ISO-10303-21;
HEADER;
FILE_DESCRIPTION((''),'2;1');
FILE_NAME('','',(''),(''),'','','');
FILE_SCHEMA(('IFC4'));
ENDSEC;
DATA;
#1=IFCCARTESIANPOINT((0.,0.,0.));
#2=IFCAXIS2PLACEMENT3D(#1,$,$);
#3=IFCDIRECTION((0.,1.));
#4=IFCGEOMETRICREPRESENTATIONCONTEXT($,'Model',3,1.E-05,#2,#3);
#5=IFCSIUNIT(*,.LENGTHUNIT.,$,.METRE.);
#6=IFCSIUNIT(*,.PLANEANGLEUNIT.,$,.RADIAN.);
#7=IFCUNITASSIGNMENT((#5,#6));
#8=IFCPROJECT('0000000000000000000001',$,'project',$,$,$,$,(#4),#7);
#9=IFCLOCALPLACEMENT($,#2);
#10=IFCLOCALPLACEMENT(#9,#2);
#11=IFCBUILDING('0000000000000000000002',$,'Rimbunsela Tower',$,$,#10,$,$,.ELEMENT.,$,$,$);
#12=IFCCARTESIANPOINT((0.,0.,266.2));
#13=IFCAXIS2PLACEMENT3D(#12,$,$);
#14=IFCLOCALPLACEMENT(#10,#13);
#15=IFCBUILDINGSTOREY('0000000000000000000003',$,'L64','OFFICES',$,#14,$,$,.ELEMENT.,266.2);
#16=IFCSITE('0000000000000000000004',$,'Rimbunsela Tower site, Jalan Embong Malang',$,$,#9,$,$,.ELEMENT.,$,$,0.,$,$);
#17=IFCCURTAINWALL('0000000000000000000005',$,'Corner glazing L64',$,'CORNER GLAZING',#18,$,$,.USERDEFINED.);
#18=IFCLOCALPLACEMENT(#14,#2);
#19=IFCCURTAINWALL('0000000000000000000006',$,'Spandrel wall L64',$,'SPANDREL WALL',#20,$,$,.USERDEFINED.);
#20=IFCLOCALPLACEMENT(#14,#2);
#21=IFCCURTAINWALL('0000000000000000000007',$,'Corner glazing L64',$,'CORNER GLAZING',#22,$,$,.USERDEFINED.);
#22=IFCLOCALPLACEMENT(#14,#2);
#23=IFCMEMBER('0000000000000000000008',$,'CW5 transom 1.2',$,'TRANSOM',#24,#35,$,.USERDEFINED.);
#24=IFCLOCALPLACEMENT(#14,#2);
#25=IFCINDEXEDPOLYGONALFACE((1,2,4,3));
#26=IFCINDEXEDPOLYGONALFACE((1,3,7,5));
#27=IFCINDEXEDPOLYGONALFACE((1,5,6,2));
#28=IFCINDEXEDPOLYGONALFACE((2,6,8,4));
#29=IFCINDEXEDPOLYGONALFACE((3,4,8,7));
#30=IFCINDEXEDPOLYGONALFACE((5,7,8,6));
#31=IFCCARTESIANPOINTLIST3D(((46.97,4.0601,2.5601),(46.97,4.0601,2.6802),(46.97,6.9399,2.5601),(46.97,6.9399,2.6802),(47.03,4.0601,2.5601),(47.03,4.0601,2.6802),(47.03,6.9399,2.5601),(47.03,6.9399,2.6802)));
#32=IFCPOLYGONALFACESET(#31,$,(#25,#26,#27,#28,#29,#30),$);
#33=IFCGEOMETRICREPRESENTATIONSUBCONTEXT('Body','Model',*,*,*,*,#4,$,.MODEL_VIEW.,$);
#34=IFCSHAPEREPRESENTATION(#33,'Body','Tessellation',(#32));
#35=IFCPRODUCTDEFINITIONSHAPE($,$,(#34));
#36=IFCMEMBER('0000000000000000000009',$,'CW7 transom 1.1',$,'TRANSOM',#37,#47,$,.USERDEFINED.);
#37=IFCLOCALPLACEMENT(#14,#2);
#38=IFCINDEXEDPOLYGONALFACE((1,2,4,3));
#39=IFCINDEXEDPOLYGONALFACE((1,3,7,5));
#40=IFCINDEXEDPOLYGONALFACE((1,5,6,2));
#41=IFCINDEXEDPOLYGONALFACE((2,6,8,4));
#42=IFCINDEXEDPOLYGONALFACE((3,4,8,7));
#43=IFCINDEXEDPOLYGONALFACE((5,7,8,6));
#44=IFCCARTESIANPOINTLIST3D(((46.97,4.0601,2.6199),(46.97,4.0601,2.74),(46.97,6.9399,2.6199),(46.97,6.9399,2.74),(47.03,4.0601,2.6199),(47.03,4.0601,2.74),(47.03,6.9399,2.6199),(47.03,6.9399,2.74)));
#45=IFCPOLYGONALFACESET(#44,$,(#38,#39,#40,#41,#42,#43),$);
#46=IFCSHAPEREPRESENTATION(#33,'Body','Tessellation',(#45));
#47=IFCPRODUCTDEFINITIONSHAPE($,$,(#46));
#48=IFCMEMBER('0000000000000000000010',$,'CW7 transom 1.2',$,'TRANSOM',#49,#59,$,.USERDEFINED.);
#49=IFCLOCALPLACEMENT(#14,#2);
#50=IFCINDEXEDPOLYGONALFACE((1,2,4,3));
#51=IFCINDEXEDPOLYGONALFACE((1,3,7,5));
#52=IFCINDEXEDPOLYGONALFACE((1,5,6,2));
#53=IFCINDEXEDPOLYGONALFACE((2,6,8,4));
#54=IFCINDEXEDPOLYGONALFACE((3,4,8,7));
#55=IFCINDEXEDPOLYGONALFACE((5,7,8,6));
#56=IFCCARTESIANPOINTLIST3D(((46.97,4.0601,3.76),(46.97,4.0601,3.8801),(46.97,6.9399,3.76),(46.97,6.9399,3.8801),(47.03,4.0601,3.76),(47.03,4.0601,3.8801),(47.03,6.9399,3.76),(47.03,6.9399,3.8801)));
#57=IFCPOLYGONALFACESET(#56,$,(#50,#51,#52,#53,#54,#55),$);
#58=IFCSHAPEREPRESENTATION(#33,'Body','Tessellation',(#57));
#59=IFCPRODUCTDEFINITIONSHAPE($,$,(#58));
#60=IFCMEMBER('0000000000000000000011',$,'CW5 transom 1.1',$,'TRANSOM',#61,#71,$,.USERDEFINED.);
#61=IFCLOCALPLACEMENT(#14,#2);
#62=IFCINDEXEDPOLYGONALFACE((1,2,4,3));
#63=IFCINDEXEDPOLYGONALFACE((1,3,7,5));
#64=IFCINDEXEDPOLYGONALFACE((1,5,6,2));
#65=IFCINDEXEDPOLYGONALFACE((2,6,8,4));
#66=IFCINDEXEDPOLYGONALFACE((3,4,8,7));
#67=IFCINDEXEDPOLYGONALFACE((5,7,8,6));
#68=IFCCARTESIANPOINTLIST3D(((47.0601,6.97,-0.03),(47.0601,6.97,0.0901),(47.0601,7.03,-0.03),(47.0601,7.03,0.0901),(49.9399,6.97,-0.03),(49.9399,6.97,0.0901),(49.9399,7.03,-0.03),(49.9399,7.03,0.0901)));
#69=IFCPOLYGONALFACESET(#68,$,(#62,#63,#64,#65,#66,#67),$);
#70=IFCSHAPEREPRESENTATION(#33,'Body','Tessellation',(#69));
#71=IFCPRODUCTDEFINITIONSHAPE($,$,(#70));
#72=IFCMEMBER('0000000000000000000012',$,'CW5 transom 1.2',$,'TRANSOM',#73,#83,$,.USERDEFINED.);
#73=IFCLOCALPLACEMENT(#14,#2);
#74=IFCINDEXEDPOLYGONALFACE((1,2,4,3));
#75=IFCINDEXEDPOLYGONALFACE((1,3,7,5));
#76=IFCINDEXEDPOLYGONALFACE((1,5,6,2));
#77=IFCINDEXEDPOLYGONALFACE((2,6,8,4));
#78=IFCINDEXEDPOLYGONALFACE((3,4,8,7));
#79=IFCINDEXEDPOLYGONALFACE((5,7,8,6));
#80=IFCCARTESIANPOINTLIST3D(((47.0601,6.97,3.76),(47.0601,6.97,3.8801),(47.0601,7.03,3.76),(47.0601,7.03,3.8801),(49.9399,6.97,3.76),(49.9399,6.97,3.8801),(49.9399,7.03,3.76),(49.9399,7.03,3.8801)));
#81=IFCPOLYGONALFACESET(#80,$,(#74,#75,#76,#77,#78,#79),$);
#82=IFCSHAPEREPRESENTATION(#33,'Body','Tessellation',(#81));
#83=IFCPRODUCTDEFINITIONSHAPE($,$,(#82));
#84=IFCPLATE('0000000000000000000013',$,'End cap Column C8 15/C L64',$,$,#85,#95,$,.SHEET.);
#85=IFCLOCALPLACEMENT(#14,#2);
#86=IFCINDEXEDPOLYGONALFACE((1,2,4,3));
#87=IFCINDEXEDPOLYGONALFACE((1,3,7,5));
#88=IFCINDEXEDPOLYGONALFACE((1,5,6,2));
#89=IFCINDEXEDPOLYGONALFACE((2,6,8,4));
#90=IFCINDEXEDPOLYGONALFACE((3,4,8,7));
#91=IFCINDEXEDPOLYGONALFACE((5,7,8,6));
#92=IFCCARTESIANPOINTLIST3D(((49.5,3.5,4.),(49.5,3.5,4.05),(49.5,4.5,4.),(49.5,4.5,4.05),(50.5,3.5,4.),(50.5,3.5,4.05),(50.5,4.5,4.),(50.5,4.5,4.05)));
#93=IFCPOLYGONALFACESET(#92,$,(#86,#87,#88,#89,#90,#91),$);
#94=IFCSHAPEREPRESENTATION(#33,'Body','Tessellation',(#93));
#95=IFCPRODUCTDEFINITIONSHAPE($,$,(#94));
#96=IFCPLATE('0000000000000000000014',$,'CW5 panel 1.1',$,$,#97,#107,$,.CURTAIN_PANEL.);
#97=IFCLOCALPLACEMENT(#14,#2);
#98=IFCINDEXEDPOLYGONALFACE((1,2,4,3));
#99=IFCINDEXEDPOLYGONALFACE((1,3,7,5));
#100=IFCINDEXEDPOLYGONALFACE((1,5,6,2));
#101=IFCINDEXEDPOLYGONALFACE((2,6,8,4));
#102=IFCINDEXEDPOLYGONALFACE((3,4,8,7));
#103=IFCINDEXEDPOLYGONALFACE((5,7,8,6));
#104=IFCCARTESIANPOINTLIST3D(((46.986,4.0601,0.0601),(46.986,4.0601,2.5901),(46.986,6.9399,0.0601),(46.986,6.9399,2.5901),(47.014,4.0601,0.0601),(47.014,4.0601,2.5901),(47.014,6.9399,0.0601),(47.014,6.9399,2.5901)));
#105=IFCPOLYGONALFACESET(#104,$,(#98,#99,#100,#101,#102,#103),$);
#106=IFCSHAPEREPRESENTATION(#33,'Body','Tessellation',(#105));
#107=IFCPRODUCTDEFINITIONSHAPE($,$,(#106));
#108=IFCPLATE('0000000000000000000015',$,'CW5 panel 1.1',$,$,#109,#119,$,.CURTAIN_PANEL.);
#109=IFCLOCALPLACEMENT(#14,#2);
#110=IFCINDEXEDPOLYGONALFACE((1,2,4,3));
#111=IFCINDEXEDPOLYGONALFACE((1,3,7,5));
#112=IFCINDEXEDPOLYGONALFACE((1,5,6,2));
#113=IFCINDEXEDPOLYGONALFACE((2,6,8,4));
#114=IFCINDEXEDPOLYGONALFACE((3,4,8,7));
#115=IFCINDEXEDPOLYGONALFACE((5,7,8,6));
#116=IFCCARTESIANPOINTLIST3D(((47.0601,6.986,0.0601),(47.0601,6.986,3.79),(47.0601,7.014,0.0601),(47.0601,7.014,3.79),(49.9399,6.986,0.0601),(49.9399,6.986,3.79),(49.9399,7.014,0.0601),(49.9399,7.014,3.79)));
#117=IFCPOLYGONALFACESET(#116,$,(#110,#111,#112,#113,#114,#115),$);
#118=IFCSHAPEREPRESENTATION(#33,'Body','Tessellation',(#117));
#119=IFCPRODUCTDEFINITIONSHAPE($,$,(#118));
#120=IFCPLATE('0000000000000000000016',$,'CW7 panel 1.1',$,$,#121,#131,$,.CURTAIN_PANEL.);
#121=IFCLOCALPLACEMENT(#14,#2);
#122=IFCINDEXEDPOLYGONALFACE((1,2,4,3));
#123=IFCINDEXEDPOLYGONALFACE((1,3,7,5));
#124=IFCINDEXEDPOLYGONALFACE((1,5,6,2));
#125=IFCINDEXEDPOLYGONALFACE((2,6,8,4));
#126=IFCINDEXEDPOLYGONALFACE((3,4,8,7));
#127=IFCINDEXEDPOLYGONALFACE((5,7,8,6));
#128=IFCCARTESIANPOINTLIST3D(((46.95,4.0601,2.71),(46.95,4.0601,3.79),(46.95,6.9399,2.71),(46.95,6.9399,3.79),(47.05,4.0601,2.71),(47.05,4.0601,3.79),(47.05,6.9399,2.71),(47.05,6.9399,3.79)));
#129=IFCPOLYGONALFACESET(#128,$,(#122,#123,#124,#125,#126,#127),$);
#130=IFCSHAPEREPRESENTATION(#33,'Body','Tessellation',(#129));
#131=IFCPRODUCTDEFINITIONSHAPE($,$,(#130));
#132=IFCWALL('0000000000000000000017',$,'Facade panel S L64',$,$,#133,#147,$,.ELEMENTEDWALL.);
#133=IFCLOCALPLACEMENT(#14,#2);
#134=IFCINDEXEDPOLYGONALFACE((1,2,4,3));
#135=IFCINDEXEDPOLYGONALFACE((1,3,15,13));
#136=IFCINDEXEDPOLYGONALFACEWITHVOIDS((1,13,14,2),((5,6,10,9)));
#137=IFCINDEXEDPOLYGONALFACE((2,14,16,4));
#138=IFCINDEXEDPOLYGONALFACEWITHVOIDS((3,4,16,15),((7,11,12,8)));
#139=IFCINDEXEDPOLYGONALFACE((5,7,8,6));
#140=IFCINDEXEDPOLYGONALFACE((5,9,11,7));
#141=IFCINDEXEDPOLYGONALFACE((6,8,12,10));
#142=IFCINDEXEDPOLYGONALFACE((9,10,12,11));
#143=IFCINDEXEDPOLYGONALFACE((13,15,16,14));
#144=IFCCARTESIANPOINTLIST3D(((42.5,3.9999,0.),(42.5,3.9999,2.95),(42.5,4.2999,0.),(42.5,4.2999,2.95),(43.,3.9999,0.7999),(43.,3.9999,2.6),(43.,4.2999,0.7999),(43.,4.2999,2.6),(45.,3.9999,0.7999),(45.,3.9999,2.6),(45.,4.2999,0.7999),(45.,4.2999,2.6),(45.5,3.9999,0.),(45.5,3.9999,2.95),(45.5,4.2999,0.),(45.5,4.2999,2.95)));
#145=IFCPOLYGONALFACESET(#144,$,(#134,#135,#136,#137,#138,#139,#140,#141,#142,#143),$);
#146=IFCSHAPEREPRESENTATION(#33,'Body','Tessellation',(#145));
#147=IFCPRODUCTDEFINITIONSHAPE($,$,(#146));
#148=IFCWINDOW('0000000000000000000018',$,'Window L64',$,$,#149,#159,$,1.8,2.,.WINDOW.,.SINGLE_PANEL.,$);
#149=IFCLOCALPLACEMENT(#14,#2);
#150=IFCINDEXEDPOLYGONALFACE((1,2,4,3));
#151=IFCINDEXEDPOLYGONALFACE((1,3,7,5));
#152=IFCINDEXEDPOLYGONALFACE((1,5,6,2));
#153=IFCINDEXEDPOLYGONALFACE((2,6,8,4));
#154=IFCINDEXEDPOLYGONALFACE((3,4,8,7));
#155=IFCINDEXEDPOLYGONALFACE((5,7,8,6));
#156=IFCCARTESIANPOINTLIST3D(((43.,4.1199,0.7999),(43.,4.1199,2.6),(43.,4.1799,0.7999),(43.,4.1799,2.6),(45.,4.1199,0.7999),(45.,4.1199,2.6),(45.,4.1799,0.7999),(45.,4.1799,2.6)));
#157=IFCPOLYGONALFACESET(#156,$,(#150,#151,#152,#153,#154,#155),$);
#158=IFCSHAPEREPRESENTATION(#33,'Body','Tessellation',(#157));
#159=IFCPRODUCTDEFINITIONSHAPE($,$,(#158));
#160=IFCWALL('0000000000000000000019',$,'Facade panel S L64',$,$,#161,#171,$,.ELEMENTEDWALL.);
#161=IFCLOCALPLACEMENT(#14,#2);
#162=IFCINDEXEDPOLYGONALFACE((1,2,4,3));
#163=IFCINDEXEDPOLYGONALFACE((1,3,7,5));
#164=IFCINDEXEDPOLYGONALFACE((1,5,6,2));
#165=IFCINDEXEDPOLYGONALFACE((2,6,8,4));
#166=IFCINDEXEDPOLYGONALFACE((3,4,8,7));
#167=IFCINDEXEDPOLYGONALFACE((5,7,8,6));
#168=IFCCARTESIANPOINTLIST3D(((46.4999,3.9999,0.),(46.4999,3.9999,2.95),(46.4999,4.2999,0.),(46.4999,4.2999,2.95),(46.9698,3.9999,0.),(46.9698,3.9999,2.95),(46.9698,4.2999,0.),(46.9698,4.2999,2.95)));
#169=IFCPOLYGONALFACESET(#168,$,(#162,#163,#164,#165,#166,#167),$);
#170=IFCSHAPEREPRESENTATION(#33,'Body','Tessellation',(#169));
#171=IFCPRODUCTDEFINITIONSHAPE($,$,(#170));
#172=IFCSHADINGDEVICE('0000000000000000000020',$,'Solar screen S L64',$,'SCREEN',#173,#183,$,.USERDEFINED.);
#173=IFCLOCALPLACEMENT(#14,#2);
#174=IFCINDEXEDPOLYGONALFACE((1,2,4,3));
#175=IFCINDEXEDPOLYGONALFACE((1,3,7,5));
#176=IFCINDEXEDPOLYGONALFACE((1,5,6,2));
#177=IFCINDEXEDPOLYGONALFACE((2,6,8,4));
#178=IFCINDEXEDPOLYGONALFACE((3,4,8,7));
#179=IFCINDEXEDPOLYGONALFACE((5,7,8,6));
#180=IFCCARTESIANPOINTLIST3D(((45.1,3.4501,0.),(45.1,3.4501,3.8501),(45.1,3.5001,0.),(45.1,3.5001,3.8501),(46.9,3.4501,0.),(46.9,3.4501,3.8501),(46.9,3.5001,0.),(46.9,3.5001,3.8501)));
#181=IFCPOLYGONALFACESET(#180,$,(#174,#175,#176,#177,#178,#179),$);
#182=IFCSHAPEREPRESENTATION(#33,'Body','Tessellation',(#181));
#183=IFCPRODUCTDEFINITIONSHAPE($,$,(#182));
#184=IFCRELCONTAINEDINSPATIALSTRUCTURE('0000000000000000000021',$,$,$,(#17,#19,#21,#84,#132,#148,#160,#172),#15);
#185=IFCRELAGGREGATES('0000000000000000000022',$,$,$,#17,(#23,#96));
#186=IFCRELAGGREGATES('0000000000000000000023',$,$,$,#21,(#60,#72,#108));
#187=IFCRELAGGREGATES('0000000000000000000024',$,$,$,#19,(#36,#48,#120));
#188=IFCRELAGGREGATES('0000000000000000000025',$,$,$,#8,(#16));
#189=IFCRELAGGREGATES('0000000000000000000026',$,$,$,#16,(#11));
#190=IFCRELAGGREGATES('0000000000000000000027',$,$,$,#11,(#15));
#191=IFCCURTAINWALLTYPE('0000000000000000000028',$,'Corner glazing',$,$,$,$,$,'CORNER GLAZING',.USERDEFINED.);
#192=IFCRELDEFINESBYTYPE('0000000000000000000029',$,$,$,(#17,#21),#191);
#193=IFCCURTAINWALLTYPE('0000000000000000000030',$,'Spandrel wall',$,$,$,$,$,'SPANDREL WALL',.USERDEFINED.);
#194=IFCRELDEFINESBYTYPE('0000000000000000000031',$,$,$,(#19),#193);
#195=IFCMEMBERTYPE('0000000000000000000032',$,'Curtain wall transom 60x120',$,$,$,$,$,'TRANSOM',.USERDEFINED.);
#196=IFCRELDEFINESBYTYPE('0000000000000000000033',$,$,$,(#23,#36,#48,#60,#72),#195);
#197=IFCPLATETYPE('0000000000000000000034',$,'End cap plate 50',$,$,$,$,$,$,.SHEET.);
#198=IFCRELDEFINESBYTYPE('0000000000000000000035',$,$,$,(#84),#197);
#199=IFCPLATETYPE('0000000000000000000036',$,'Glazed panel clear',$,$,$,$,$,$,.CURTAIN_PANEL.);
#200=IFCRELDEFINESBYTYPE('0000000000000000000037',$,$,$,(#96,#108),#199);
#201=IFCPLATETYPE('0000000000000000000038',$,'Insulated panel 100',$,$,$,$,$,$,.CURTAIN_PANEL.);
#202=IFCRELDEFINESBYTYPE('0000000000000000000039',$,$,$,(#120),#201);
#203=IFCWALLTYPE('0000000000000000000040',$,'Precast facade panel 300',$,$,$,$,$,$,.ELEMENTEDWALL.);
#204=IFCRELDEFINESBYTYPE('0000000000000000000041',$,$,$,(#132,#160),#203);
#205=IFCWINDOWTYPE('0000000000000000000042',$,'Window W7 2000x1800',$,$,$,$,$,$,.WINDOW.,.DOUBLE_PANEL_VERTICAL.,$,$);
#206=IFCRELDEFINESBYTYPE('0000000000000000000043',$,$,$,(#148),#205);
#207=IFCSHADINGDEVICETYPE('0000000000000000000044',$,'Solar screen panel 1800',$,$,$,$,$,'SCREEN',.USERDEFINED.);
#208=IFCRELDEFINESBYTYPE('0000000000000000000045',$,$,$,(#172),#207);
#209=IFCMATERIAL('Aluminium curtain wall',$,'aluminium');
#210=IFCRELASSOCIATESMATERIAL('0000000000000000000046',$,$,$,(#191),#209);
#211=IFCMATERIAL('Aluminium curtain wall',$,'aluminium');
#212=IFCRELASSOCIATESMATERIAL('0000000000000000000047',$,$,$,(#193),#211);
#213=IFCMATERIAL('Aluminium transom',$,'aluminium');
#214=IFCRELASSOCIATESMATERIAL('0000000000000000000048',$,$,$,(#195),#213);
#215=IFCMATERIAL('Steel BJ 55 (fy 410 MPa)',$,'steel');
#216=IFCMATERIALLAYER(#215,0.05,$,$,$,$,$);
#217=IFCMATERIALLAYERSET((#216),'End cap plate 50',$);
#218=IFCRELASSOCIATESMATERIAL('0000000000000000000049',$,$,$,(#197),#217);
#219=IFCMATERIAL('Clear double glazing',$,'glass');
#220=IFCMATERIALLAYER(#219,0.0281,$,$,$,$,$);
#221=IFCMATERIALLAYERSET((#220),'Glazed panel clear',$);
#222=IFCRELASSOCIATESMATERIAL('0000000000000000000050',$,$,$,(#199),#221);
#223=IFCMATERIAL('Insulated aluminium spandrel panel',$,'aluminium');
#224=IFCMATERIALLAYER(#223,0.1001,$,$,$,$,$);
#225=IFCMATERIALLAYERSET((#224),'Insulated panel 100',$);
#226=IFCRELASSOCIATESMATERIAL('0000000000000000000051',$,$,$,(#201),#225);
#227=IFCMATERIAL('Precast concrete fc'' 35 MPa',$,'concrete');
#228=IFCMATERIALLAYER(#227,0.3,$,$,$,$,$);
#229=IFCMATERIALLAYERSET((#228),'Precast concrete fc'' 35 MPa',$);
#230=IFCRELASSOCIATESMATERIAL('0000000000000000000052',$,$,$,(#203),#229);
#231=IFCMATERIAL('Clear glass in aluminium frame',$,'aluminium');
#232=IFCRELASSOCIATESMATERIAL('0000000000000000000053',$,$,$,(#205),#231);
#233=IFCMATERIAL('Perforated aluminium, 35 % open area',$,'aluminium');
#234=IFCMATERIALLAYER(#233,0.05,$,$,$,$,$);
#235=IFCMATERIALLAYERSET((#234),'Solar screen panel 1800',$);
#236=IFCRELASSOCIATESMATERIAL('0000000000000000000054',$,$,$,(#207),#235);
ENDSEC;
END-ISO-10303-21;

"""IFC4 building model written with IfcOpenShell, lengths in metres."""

from ifc_helpers import new_model, si_unit, direction, frame, frame_2d, origin, origin_2d, place, context, subcontext, project, spatial, rectangle, extrude, material, layer, layer_set, material_profile, profile_set, type_object, element, fill, aggregate, save


model = new_model("IFC4")

# Units and contexts
model_context = context("Model", 3, precision=1e-05, world=origin(), true_north=direction((0.0, 1.0)))
body_context = subcontext(model_context, "Body", "Model", "MODEL_VIEW")
ifc_project = project(units=[si_unit("LENGTHUNIT", "METRE"), si_unit("PLANEANGLEUNIT", "RADIAN")], contexts=[model_context])

# Site, building, storey
site_placement = place(None, origin())
site = spatial("IfcSite", under=ifc_project, at=site_placement, Name="Rimbunsela Tower site, Jalan Embong Malang", CompositionType="ELEMENT", RefElevation=0.0)
building_placement = place(site_placement, origin())
building = spatial("IfcBuilding", under=site, at=building_placement, Name="Rimbunsela Tower", CompositionType="ELEMENT")
storey_placement = place(building_placement, frame((0.0, 0.0, 266.2)))
storey = spatial("IfcBuildingStorey", under=building, at=storey_placement, Name="L64", Description="OFFICES", CompositionType="ELEMENT", Elevation=266.2)

# Curtain walls
ifc_material_1 = material(Name="Aluminium curtain wall", Category="aluminium")
curtain_wall_type_1 = type_object("IfcCurtainWallType", Name="Corner glazing", ElementType="CORNER GLAZING", PredefinedType="USERDEFINED", material=ifc_material_1)
curtain_wall_1_placement = place(storey_placement, origin())
curtain_wall_1 = element("IfcCurtainWall", 1, at=curtain_wall_1_placement, inside=storey, type_object=curtain_wall_type_1, Name="Corner glazing L64", ObjectType="CORNER GLAZING", PredefinedType="USERDEFINED")
ifc_material_2 = material(Name="Aluminium curtain wall", Category="aluminium")
curtain_wall_type_2 = type_object("IfcCurtainWallType", Name="Spandrel wall", ElementType="SPANDREL WALL", PredefinedType="USERDEFINED", material=ifc_material_2)
curtain_wall_2_placement = place(storey_placement, origin())
curtain_wall_2 = element("IfcCurtainWall", 2, at=curtain_wall_2_placement, inside=storey, type_object=curtain_wall_type_2, Name="Spandrel wall L64", ObjectType="SPANDREL WALL", PredefinedType="USERDEFINED")

# Curtain wall
curtain_wall_3_placement = place(storey_placement, origin())
curtain_wall_3 = element("IfcCurtainWall", 3, at=curtain_wall_3_placement, inside=storey, type_object=curtain_wall_type_1, Name="Corner glazing L64", ObjectType="CORNER GLAZING", PredefinedType="USERDEFINED")

# Members
ifc_material_3 = material(Name="Aluminium transom", Category="aluminium")
ifc_material_profile_1 = material_profile(ifc_material_3, rectangle(XDim=0.0601, YDim=0.1201, at=origin_2d()), Name="Transom 60x120")
ifc_profile_set_1 = profile_set([ifc_material_profile_1], Name="Aluminium transom")
member_type_1 = type_object("IfcMemberType", Name="Curtain wall transom 60x120", ElementType="TRANSOM", PredefinedType="USERDEFINED", material=ifc_profile_set_1)
member_1_placement = place(storey_placement, frame((47.0, 4.0601, 2.6201), z_axis=(0.0, 1.0, 0.0), x_axis=(-1.0, 0.0, 0.0)))
member_1 = element("IfcMember", 4, at=member_1_placement, type_object=member_type_1, Name="CW5 transom 1.2", ObjectType="TRANSOM", PredefinedType="USERDEFINED", context=body_context, shape_type="SweptSolid", body=[
    extrude(rectangle(XDim=0.0601, YDim=0.1201, at=origin_2d()), origin(), (0.0, 0.0, 1.0), 2.8799),
])
member_2_placement = place(storey_placement, frame((47.0, 4.0601, 2.6799), z_axis=(0.0, 1.0, 0.0), x_axis=(-1.0, 0.0, 0.0)))
member_2 = element("IfcMember", 5, at=member_2_placement, type_object=member_type_1, Name="CW7 transom 1.1", ObjectType="TRANSOM", PredefinedType="USERDEFINED", context=body_context, shape_type="SweptSolid", body=[
    extrude(rectangle(XDim=0.0601, YDim=0.1201, at=origin_2d()), origin(), (0.0, 0.0, 1.0), 2.8799),
])
member_3_placement = place(storey_placement, frame((47.0, 4.0601, 3.8201), z_axis=(0.0, 1.0, 0.0), x_axis=(-1.0, 0.0, 0.0)))
member_3 = element("IfcMember", 6, at=member_3_placement, type_object=member_type_1, Name="CW7 transom 1.2", ObjectType="TRANSOM", PredefinedType="USERDEFINED", context=body_context, shape_type="SweptSolid", body=[
    extrude(rectangle(XDim=0.0601, YDim=0.1201, at=origin_2d()), origin(), (0.0, 0.0, 1.0), 2.8799),
])
member_4_placement = place(storey_placement, frame((47.0601, 7.0, 0.03), z_axis=(1.0, 0.0, 0.0), x_axis=(0.0, 1.0, 0.0)))
member_4 = element("IfcMember", 7, at=member_4_placement, type_object=member_type_1, Name="CW5 transom 1.1", ObjectType="TRANSOM", PredefinedType="USERDEFINED", context=body_context, shape_type="SweptSolid", body=[
    extrude(rectangle(XDim=0.0601, YDim=0.1201, at=origin_2d()), origin(), (0.0, 0.0, 1.0), 2.8799),
])
member_5_placement = place(storey_placement, frame((47.0601, 7.0, 3.8201), z_axis=(1.0, 0.0, 0.0), x_axis=(0.0, 1.0, 0.0)))
member_5 = element("IfcMember", 8, at=member_5_placement, type_object=member_type_1, Name="CW5 transom 1.2", ObjectType="TRANSOM", PredefinedType="USERDEFINED", context=body_context, shape_type="SweptSolid", body=[
    extrude(rectangle(XDim=0.0601, YDim=0.1201, at=origin_2d()), origin(), (0.0, 0.0, 1.0), 2.8799),
])

# Plates
ifc_material_4 = material(Name="Steel BJ 55 (fy 410 MPa)", Category="steel")
ifc_layer_1 = layer(ifc_material_4, 0.05)
ifc_layer_set_1 = layer_set([ifc_layer_1], Name="End cap plate 50")
plate_type_1 = type_object("IfcPlateType", Name="End cap plate 50", PredefinedType="SHEET", material=ifc_layer_set_1)
plate_1_placement = place(storey_placement, frame((50.0, 4.0, 4.0), z_axis=(0.0, 0.0, 1.0), x_axis=(1.0, 0.0, 0.0)))
element("IfcPlate", 9, at=plate_1_placement, inside=storey, type_object=plate_type_1, Name="End cap Column C8 15/C L64", PredefinedType="SHEET", context=body_context, shape_type="SweptSolid", body=[
    extrude(rectangle(XDim=1.0, YDim=1.0, at=origin_2d()), origin(), (0.0, 0.0, 1.0), 0.05),
])
ifc_material_5 = material(Name="Clear double glazing", Category="glass")
ifc_layer_2 = layer(ifc_material_5, 0.0281)
ifc_layer_set_2 = layer_set([ifc_layer_2], Name="Glazed panel clear")
plate_type_2 = type_object("IfcPlateType", Name="Glazed panel clear", PredefinedType="CURTAIN_PANEL", material=ifc_layer_set_2)
plate_2_placement = place(storey_placement, frame((47.0, 5.5, 0.0601), z_axis=(0.0, 0.0, 1.0), x_axis=(0.0, 1.0, 0.0)))
plate_2 = element("IfcPlate", 10, at=plate_2_placement, type_object=plate_type_2, Name="CW5 panel 1.1", PredefinedType="CURTAIN_PANEL", context=body_context, shape_type="SweptSolid", body=[
    extrude(rectangle(XDim=2.8799, YDim=0.0281, at=origin_2d()), origin(), (0.0, 0.0, 1.0), 2.53),
])
aggregate(curtain_wall_1, [member_1, plate_2])
plate_3_placement = place(storey_placement, frame((48.5, 7.0, 0.0601), z_axis=(0.0, 0.0, 1.0), x_axis=(1.0, 0.0, 0.0)))
plate_3 = element("IfcPlate", 11, at=plate_3_placement, type_object=plate_type_2, Name="CW5 panel 1.1", PredefinedType="CURTAIN_PANEL", context=body_context, shape_type="SweptSolid", body=[
    extrude(rectangle(XDim=2.8799, YDim=0.0281, at=origin_2d()), origin(), (0.0, 0.0, 1.0), 3.73),
])
aggregate(curtain_wall_3, [member_4, member_5, plate_3])
ifc_material_6 = material(Name="Insulated aluminium spandrel panel", Category="aluminium")
ifc_layer_3 = layer(ifc_material_6, 0.1001)
ifc_layer_set_3 = layer_set([ifc_layer_3], Name="Insulated panel 100")
plate_type_3 = type_object("IfcPlateType", Name="Insulated panel 100", PredefinedType="CURTAIN_PANEL", material=ifc_layer_set_3)
plate_4_placement = place(storey_placement, frame((47.0, 5.5, 2.71), z_axis=(0.0, 0.0, 1.0), x_axis=(0.0, 1.0, 0.0)))
plate_4 = element("IfcPlate", 12, at=plate_4_placement, type_object=plate_type_3, Name="CW7 panel 1.1", PredefinedType="CURTAIN_PANEL", context=body_context, shape_type="SweptSolid", body=[
    extrude(rectangle(XDim=2.8799, YDim=0.1001, at=origin_2d()), origin(), (0.0, 0.0, 1.0), 1.0801),
])
aggregate(curtain_wall_2, [member_2, member_3, plate_4])

# Wall, opening, window
ifc_material_7 = material(Name="Precast concrete fc' 35 MPa", Category="concrete")
ifc_layer_4 = layer(ifc_material_7, 0.3)
ifc_layer_set_4 = layer_set([ifc_layer_4], Name="Precast concrete fc' 35 MPa")
wall_type = type_object("IfcWallType", Name="Precast facade panel 300", PredefinedType="ELEMENTEDWALL", material=ifc_layer_set_4)
wall_1_placement = place(storey_placement, frame((42.5, 4.1499, 0.0), z_axis=(0.0, 0.0, 1.0), x_axis=(1.0, 0.0, 0.0)))
wall_1 = element("IfcWall", 13, at=wall_1_placement, inside=storey, type_object=wall_type, Name="Facade panel S L64", PredefinedType="ELEMENTEDWALL", context=body_context, shape_type="SweptSolid", body=[
    extrude(rectangle(XDim=3.0, YDim=0.3, at=frame_2d((1.5, 0.0))), origin(), (0.0, 0.0, 1.0), 2.95),
])
opening_placement = place(wall_1_placement, frame((0.5, 0.0, 0.8)))
opening = element("IfcOpeningElement", 14, at=opening_placement, cuts=wall_1, PredefinedType="OPENING", context=body_context, shape_type="SweptSolid", body=[
    extrude(rectangle(XDim=2.0, YDim=1.8, at=frame_2d((1.0, 0.8999))), frame((0.0, 0.1599, 0.0), z_axis=(0.0, -1.0, 0.0), x_axis=(1.0, 0.0, 0.0)), (0.0, 0.0, 1.0), 0.3201),
])
ifc_material_8 = material(Name="Clear glass in aluminium frame", Category="aluminium")
window_type = type_object("IfcWindowType", Name="Window W7 2000x1800", PartitioningType="DOUBLE_PANEL_VERTICAL", PredefinedType="WINDOW", material=ifc_material_8)
window_placement = place(opening_placement, origin())
window = element("IfcWindow", 15, at=window_placement, inside=storey, type_object=window_type, Name="Window L64", OverallHeight=1.8, OverallWidth=2.0, PartitioningType="SINGLE_PANEL", PredefinedType="WINDOW", context=body_context, shape_type="SweptSolid", body=[
    extrude(rectangle(XDim=2.0, YDim=1.8, at=frame_2d((1.0, 0.8999))), frame((0.0, 0.03, 0.0), z_axis=(0.0, -1.0, 0.0), x_axis=(1.0, 0.0, 0.0)), (0.0, 0.0, 1.0), 0.0601),
])
fill(opening, window)

# Wall
wall_2_placement = place(storey_placement, frame((46.5, 4.1499, 0.0), z_axis=(0.0, 0.0, 1.0), x_axis=(1.0, 0.0, 0.0)))
element("IfcWall", 16, at=wall_2_placement, inside=storey, type_object=wall_type, Name="Facade panel S L64", PredefinedType="ELEMENTEDWALL", context=body_context, shape_type="SweptSolid", body=[
    extrude(rectangle(XDim=0.47, YDim=0.3, at=frame_2d((0.2349, 0.0))), origin(), (0.0, 0.0, 1.0), 2.95),
])

# Shading device
ifc_material_9 = material(Name="Perforated aluminium, 35 % open area", Category="aluminium")
ifc_layer_5 = layer(ifc_material_9, 0.05)
ifc_layer_set_5 = layer_set([ifc_layer_5], Name="Solar screen panel 1800")
shading_device_type = type_object("IfcShadingDeviceType", Name="Solar screen panel 1800", ElementType="SCREEN", PredefinedType="USERDEFINED", material=ifc_layer_set_5)
shading_device_placement = place(storey_placement, frame((46.0, 3.4751, 0.0), z_axis=(0.0, 0.0, 1.0), x_axis=(1.0, 0.0, 0.0)))
element("IfcShadingDevice", 17, at=shading_device_placement, inside=storey, type_object=shading_device_type, Name="Solar screen S L64", ObjectType="SCREEN", PredefinedType="USERDEFINED", context=body_context, shape_type="SweptSolid", body=[
    extrude(rectangle(XDim=1.8, YDim=0.05, at=origin_2d()), origin(), (0.0, 0.0, 1.0), 3.8501),
])

save(model, "model.ifc")
